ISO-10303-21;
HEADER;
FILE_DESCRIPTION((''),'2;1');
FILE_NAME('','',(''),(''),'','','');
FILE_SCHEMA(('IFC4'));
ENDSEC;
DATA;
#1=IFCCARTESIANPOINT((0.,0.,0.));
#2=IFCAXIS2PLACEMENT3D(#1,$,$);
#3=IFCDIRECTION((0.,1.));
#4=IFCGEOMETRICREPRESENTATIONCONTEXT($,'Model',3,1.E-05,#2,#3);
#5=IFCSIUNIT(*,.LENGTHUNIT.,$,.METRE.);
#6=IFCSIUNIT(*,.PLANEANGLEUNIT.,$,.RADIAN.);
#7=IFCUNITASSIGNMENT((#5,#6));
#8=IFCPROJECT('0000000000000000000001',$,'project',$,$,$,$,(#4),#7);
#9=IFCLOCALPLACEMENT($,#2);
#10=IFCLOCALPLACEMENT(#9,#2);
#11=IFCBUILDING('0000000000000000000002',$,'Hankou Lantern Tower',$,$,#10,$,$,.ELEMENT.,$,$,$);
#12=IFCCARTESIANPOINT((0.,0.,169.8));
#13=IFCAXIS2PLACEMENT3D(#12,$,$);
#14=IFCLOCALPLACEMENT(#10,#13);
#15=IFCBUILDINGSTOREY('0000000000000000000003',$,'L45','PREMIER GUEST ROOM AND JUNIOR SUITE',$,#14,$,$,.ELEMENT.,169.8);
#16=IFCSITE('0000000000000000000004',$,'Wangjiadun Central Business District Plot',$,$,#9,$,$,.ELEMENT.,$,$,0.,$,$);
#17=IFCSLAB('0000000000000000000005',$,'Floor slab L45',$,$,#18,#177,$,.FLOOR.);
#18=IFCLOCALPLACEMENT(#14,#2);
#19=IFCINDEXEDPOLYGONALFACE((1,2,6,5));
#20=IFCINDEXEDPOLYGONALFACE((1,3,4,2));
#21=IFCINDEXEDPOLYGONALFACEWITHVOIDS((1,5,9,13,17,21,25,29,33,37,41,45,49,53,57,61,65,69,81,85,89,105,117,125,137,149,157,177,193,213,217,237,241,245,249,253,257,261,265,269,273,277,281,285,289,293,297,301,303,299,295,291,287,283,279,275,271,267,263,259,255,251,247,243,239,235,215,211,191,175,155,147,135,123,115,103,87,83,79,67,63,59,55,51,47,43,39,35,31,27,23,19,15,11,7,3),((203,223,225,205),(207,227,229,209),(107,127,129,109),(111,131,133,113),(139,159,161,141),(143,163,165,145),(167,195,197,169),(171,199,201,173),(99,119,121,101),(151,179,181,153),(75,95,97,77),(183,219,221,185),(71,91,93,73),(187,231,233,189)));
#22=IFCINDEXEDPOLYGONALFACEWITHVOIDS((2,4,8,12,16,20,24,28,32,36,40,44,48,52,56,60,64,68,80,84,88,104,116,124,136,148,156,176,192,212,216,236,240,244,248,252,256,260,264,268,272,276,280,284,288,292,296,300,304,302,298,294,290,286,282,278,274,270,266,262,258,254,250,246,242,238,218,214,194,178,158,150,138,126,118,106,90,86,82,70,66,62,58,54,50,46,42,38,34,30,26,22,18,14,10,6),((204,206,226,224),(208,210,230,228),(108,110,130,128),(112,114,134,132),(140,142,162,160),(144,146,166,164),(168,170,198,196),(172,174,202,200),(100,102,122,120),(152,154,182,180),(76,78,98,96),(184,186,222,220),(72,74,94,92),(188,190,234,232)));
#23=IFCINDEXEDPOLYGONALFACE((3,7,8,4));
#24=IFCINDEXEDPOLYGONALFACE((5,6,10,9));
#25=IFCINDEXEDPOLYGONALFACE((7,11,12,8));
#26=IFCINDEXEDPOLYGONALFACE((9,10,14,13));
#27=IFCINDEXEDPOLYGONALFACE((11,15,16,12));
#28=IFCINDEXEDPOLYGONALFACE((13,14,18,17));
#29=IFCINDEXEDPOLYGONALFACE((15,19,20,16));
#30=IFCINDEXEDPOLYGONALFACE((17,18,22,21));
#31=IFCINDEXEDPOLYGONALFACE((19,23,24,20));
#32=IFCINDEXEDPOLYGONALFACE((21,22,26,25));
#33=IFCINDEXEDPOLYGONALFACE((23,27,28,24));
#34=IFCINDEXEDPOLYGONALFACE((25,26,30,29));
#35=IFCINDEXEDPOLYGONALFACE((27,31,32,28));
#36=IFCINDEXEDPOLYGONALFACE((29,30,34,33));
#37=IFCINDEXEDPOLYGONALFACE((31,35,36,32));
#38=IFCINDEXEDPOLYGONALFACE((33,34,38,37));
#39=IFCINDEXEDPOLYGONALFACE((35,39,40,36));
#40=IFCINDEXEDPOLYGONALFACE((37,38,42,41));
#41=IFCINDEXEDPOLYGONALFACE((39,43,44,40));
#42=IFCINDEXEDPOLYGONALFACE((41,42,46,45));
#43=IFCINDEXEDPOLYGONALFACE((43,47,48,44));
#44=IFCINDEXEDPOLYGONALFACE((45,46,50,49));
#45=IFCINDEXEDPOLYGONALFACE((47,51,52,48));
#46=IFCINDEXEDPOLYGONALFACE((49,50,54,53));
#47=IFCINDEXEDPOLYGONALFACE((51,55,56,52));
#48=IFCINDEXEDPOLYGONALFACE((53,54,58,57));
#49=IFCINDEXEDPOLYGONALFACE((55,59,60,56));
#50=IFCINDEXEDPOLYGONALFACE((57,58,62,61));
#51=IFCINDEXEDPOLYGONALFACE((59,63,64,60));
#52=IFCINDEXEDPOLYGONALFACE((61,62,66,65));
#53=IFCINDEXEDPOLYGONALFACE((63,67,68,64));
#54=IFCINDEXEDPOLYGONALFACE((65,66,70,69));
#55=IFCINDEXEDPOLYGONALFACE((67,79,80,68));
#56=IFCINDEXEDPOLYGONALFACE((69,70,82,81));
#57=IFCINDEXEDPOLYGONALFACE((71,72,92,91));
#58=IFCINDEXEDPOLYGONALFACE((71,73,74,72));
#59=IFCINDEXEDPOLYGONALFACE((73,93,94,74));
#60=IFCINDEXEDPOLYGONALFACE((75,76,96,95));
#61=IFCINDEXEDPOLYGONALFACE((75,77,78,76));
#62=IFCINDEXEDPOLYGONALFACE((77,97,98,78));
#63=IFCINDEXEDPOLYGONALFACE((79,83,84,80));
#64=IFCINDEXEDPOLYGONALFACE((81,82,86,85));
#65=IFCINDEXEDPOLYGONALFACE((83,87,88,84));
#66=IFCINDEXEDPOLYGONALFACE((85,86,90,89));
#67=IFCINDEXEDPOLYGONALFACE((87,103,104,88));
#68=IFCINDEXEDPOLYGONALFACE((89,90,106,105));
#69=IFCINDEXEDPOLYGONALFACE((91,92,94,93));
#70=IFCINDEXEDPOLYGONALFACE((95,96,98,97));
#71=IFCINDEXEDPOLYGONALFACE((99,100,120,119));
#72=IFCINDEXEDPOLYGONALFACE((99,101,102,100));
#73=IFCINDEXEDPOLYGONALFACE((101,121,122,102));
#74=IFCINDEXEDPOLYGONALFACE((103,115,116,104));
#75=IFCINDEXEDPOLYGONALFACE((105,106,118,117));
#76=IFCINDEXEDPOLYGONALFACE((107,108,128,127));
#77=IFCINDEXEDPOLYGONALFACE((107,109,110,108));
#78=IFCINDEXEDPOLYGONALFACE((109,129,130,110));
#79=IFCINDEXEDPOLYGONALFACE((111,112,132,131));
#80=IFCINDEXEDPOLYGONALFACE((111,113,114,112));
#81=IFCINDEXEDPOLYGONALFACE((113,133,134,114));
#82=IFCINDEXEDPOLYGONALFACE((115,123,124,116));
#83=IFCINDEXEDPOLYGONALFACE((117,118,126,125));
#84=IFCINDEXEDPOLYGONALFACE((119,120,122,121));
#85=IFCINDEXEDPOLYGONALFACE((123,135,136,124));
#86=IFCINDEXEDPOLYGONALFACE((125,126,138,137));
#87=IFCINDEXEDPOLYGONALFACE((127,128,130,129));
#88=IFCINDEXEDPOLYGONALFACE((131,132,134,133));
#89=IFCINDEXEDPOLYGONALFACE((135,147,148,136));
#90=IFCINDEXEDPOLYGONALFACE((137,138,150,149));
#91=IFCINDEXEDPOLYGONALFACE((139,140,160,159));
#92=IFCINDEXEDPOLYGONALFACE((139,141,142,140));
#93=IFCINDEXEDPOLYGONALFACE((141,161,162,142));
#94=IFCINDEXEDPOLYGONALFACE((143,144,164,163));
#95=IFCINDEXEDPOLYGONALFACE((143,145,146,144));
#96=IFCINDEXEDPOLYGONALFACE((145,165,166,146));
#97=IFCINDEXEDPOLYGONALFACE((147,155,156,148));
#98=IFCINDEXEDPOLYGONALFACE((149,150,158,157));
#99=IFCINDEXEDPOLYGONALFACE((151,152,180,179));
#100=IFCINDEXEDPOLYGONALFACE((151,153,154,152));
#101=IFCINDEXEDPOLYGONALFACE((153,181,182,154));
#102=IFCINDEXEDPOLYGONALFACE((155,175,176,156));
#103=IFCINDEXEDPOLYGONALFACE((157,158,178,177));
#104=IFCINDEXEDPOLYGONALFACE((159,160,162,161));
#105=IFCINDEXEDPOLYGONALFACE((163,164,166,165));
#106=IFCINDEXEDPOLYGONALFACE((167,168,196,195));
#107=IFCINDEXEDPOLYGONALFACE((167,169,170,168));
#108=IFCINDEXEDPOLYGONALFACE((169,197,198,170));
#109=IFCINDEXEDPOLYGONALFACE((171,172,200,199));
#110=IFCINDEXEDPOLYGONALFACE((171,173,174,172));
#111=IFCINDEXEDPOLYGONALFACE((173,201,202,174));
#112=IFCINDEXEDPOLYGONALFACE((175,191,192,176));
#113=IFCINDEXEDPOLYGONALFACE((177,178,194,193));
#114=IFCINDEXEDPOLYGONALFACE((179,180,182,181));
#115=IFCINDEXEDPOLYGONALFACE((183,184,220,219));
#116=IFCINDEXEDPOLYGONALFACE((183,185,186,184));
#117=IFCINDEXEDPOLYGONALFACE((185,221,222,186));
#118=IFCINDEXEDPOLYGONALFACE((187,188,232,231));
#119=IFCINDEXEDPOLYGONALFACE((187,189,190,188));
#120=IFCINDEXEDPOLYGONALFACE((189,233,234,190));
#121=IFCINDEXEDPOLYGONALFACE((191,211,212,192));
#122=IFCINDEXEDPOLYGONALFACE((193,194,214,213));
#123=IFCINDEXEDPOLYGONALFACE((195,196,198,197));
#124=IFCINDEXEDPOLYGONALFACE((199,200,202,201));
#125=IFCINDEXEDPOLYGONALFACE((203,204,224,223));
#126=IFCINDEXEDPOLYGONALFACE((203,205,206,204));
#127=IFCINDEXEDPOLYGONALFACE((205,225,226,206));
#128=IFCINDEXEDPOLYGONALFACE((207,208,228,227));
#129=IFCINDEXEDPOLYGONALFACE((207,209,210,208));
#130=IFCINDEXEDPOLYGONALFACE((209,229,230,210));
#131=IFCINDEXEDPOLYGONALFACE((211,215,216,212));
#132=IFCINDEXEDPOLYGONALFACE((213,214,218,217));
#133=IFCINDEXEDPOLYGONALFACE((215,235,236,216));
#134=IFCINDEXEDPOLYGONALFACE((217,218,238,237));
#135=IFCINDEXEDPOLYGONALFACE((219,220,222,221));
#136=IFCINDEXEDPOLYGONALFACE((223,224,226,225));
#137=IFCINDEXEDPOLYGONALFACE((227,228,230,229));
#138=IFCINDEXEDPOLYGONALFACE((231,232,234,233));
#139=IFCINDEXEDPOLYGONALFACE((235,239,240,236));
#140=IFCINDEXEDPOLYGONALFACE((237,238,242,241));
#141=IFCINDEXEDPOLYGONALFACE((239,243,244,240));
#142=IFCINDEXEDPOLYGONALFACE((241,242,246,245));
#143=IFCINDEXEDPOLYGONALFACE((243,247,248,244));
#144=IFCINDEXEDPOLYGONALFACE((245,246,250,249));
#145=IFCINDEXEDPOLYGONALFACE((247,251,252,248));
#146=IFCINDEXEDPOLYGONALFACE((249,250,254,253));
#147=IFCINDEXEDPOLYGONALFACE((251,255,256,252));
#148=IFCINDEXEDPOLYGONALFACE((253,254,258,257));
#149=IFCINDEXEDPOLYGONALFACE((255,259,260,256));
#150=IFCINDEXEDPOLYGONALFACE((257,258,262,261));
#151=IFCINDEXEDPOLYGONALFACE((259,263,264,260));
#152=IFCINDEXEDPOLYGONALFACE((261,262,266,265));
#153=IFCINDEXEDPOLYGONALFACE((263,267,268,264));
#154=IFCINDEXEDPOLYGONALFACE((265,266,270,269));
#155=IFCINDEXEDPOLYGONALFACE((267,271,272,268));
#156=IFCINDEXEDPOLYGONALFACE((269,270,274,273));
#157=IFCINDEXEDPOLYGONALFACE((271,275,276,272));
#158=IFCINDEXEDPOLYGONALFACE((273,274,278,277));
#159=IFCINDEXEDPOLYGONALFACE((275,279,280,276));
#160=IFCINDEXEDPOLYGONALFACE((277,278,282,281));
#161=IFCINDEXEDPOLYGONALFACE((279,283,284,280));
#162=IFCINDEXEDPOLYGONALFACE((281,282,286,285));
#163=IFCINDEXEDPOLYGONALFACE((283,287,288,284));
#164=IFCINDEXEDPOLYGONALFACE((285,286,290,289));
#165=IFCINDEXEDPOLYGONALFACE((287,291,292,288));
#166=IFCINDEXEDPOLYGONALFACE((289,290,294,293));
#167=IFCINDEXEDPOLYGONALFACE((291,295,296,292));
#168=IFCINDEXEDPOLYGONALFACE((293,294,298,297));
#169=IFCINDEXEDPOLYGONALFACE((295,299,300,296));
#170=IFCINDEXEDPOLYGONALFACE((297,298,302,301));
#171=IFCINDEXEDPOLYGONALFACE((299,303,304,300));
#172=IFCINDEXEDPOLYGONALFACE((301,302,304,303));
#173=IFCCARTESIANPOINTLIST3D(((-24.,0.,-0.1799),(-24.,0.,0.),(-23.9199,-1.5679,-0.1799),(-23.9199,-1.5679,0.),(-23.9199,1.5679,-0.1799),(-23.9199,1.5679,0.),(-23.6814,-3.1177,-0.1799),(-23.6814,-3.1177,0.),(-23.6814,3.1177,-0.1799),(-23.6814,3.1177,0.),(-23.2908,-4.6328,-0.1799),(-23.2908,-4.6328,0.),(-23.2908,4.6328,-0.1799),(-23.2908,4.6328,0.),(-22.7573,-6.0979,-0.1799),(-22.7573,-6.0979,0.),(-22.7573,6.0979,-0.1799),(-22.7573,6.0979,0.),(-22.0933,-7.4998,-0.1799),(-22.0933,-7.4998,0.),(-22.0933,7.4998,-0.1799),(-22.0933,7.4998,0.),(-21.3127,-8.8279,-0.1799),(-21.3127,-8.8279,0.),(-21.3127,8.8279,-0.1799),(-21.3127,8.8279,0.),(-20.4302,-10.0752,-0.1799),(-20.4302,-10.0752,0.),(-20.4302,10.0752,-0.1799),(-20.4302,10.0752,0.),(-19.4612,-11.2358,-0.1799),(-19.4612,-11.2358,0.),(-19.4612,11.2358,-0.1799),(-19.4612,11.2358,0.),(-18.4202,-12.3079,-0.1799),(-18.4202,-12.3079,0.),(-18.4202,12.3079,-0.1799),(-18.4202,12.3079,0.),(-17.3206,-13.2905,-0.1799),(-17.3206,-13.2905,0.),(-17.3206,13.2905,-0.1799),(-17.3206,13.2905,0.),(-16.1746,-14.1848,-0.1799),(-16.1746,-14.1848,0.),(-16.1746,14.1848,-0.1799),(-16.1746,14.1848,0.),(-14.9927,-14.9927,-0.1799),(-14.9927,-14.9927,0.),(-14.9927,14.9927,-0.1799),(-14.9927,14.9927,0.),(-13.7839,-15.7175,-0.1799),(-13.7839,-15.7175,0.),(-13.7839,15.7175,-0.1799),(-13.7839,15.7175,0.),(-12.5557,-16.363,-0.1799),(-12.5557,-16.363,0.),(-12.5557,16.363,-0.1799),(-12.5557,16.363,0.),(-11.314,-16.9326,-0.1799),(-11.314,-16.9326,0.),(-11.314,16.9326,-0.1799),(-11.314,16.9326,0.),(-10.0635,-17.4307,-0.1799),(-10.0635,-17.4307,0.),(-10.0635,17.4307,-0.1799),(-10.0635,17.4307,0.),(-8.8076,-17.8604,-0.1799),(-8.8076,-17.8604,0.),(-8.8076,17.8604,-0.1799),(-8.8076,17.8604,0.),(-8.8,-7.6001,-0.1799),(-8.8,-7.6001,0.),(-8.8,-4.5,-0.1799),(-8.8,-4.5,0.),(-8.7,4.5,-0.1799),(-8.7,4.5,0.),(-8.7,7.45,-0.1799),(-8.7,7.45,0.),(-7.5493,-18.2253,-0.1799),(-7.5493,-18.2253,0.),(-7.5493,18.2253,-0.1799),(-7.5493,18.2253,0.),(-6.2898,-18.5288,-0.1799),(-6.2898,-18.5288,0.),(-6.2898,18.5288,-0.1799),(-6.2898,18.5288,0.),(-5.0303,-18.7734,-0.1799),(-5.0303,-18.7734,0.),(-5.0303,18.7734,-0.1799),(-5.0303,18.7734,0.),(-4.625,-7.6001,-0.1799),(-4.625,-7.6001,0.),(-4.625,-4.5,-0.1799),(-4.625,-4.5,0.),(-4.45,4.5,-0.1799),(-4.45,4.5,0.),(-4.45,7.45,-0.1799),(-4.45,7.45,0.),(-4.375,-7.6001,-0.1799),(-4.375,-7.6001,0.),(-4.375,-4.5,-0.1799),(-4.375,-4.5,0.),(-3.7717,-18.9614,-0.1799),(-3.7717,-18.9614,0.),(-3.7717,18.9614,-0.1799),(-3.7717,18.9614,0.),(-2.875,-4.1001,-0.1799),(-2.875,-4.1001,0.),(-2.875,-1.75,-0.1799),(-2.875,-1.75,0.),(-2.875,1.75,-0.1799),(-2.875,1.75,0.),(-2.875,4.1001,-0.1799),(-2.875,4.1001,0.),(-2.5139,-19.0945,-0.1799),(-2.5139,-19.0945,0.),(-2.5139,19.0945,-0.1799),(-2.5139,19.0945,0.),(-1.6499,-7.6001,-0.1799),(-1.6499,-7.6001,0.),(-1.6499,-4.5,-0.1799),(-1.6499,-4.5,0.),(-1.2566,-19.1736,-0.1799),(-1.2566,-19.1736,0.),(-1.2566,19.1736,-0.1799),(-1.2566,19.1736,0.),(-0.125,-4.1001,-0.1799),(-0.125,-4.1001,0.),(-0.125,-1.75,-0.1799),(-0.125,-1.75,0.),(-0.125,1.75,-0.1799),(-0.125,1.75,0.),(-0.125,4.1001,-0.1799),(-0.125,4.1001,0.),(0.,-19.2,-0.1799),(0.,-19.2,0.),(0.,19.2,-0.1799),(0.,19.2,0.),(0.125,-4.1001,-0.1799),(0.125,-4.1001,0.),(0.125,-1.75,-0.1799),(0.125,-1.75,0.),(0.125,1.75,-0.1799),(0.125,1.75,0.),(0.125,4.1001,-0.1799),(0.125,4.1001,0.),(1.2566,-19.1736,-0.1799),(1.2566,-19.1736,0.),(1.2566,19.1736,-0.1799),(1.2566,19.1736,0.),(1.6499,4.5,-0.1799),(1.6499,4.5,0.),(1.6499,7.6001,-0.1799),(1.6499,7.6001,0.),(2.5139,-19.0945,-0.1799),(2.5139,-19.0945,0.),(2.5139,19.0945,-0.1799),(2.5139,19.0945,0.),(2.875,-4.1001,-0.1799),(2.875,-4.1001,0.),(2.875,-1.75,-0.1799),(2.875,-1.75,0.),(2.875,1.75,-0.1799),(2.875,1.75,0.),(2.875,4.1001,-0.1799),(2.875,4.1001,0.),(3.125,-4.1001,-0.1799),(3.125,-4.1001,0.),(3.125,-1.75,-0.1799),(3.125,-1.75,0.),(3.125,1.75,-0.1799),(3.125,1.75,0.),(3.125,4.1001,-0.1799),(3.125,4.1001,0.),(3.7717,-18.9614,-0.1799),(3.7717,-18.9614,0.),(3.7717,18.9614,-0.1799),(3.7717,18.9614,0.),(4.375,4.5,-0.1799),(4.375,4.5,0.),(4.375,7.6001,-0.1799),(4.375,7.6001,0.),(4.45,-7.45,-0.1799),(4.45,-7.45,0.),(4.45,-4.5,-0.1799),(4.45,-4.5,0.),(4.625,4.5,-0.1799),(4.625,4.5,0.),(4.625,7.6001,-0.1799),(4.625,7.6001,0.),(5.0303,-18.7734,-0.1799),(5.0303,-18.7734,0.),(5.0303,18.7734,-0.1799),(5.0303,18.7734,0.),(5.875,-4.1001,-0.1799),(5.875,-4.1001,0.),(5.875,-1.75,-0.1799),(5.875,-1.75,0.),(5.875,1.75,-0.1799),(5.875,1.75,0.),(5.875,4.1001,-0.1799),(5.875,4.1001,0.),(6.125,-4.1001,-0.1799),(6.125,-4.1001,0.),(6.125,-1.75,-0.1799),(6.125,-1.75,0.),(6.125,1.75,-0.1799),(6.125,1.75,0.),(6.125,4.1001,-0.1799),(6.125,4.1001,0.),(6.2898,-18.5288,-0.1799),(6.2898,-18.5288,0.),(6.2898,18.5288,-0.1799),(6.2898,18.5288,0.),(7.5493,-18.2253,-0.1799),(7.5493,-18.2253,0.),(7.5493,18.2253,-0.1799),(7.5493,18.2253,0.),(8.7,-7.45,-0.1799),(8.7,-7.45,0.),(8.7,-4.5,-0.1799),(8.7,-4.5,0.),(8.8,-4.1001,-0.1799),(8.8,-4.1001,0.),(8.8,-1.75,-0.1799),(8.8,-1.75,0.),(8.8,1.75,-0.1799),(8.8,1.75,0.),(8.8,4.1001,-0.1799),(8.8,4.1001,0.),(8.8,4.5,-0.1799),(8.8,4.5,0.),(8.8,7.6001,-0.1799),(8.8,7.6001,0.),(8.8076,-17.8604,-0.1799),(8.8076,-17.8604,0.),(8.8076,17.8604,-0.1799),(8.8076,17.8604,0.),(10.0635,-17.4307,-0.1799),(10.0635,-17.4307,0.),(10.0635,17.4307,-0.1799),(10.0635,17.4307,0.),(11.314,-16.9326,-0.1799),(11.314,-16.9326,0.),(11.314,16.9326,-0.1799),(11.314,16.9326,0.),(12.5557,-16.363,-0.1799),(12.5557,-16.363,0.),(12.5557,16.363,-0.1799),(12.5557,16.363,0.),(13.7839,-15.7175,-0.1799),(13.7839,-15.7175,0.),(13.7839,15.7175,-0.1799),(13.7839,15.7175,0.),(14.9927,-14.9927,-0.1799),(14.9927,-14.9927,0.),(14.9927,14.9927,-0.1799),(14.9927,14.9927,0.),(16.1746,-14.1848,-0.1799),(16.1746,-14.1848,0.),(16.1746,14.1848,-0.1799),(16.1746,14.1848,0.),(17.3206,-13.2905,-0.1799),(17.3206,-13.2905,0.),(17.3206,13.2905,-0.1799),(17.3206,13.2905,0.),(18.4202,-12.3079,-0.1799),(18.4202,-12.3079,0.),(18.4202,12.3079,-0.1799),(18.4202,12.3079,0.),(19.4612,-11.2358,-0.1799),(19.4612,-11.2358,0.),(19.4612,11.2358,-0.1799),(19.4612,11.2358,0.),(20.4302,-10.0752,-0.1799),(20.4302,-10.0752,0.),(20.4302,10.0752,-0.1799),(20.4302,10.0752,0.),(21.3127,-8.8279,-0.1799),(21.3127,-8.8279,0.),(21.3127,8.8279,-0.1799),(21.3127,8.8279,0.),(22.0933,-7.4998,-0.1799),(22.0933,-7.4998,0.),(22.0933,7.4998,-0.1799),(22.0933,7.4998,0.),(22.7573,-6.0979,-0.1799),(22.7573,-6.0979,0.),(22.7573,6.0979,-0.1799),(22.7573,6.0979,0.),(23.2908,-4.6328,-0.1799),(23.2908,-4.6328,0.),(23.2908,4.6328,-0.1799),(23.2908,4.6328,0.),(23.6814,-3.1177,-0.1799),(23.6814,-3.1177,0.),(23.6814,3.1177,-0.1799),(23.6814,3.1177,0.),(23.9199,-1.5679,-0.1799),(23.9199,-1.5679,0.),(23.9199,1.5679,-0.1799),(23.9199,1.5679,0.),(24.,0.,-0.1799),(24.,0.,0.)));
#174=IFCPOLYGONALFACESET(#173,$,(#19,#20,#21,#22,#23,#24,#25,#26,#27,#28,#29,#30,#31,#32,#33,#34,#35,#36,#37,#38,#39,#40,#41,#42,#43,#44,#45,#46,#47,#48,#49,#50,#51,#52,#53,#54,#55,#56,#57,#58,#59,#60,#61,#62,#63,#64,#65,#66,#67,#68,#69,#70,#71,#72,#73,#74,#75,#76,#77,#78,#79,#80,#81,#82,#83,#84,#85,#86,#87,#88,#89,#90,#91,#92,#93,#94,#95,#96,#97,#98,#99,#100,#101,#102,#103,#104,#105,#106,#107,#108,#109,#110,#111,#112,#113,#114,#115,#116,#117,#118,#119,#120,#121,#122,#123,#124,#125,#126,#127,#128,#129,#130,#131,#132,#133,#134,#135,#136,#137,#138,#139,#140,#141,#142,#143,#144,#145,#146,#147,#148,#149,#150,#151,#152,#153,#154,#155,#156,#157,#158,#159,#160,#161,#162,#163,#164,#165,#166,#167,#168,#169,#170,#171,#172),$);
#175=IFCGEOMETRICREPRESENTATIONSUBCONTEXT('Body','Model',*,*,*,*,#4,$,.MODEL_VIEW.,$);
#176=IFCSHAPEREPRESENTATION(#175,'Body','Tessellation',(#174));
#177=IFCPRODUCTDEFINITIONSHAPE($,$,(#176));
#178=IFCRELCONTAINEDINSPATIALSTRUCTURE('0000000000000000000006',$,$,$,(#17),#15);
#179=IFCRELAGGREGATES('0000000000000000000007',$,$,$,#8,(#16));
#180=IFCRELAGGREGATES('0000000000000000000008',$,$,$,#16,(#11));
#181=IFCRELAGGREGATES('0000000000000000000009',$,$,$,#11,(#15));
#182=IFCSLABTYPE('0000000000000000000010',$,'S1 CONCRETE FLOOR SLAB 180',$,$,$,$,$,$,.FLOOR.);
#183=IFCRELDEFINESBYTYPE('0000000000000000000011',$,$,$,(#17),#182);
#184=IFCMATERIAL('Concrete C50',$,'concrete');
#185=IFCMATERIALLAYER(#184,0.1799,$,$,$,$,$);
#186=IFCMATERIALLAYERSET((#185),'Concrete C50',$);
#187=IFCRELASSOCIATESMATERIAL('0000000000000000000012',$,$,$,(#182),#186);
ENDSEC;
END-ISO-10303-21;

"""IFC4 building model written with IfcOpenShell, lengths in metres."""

from ifc_helpers import new_model, si_unit, direction, frame, origin, place, context, subcontext, project, spatial, polyline, outline, extrude, material, layer, layer_set, type_object, element, save


model = new_model("IFC4")

# Units and contexts
model_context = context("Model", 3, precision=1e-05, world=origin(), true_north=direction((0.0, 1.0)))
body_context = subcontext(model_context, "Body", "Model", "MODEL_VIEW")
ifc_project = project(units=[si_unit("LENGTHUNIT", "METRE"), si_unit("PLANEANGLEUNIT", "RADIAN")], contexts=[model_context])

# Site, building, storey
site_placement = place(None, origin())
site = spatial("IfcSite", under=ifc_project, at=site_placement, Name="Wangjiadun Central Business District Plot", CompositionType="ELEMENT", RefElevation=0.0)
building_placement = place(site_placement, origin())
building = spatial("IfcBuilding", under=site, at=building_placement, Name="Hankou Lantern Tower", CompositionType="ELEMENT")
storey_placement = place(building_placement, frame((0.0, 0.0, 169.8)))
storey = spatial("IfcBuildingStorey", under=building, at=storey_placement, Name="L45", Description="PREMIER GUEST ROOM AND JUNIOR SUITE", CompositionType="ELEMENT", Elevation=169.8)

# Slab
ifc_material_1 = material(Name="Concrete C50", Category="concrete")
ifc_layer_1 = layer(ifc_material_1, 0.1799)
ifc_layer_set_1 = layer_set([ifc_layer_1], Name="Concrete C50")
slab_type_1 = type_object("IfcSlabType", Name="S1 CONCRETE FLOOR SLAB 180", PredefinedType="FLOOR", material=ifc_layer_set_1)
slab_1_placement = place(storey_placement, frame((0.0, 0.0, -0.1799)))
element("IfcSlab", 1, at=slab_1_placement, inside=storey, type_object=slab_type_1, Name="Floor slab L45", PredefinedType="FLOOR", context=body_context, shape_type="SweptSolid", body=[
    extrude(outline(polyline([(24.0, 0.0), (23.9199, 1.5679), (23.6814, 3.1177), (23.2908, 4.6328), (22.7573, 6.0979), (22.0933, 7.4998), (21.3127, 8.8279), (20.4302, 10.0752), (19.4612, 11.2358), (18.4202, 12.3079), (17.3206, 13.2905), (16.1746, 14.1848), (14.9927, 14.9927), (13.7839, 15.7175), (12.5557, 16.363), (11.314, 16.9326), (10.0635, 17.4307), (8.8076, 17.8604), (7.5493, 18.2253), (6.2898, 18.5288), (5.0303, 18.7734), (3.7717, 18.9614), (2.5139, 19.0945), (1.2566, 19.1736), (0.0, 19.2), (-1.2566, 19.1736), (-2.5139, 19.0945), (-3.7717, 18.9614), (-5.0303, 18.7734), (-6.2898, 18.5288), (-7.5493, 18.2253), (-8.8076, 17.8604), (-10.0635, 17.4307), (-11.314, 16.9326), (-12.5557, 16.363), (-13.7839, 15.7175), (-14.9927, 14.9927), (-16.1746, 14.1848), (-17.3206, 13.2905), (-18.4202, 12.3079), (-19.4612, 11.2358), (-20.4302, 10.0752), (-21.3127, 8.8279), (-22.0933, 7.4998), (-22.7573, 6.0979), (-23.2908, 4.6328), (-23.6814, 3.1177), (-23.9199, 1.5679), (-24.0, 0.0), (-23.9199, -1.5679), (-23.6814, -3.1177), (-23.2908, -4.6328), (-22.7573, -6.0979), (-22.0933, -7.4998), (-21.3127, -8.8279), (-20.4302, -10.0752), (-19.4612, -11.2358), (-18.4202, -12.3079), (-17.3206, -13.2905), (-16.1746, -14.1848), (-14.9927, -14.9927), (-13.7839, -15.7175), (-12.5557, -16.363), (-11.314, -16.9326), (-10.0635, -17.4307), (-8.8076, -17.8604), (-7.5493, -18.2253), (-6.2898, -18.5288), (-5.0303, -18.7734), (-3.7717, -18.9614), (-2.5139, -19.0945), (-1.2566, -19.1736), (0.0, -19.2), (1.2566, -19.1736), (2.5139, -19.0945), (3.7717, -18.9614), (5.0303, -18.7734), (6.2898, -18.5288), (7.5493, -18.2253), (8.8076, -17.8604), (10.0635, -17.4307), (11.314, -16.9326), (12.5557, -16.363), (13.7839, -15.7175), (14.9927, -14.9927), (16.1746, -14.1848), (17.3206, -13.2905), (18.4202, -12.3079), (19.4612, -11.2358), (20.4302, -10.0752), (21.3127, -8.8279), (22.0933, -7.4998), (22.7573, -6.0979), (23.2908, -4.6328), (23.6814, -3.1177), (23.9199, -1.5679), (24.0, 0.0)]), holes=[polyline([(-2.875, 4.1001), (-0.125, 4.1001), (-0.125, 1.75), (-2.875, 1.75), (-2.875, 4.1001)]), polyline([(0.125, 4.1001), (2.875, 4.1001), (2.875, 1.75), (0.125, 1.75), (0.125, 4.1001)]), polyline([(3.125, 4.1001), (5.875, 4.1001), (5.875, 1.75), (3.125, 1.75), (3.125, 4.1001)]), polyline([(6.125, 4.1001), (8.8, 4.1001), (8.8, 1.75), (6.125, 1.75), (6.125, 4.1001)]), polyline([(-2.875, -1.75), (-0.125, -1.75), (-0.125, -4.1001), (-2.875, -4.1001), (-2.875, -1.75)]), polyline([(0.125, -1.75), (2.875, -1.75), (2.875, -4.1001), (0.125, -4.1001), (0.125, -1.75)]), polyline([(3.125, -1.75), (5.875, -1.75), (5.875, -4.1001), (3.125, -4.1001), (3.125, -1.75)]), polyline([(6.125, -1.75), (8.8, -1.75), (8.8, -4.1001), (6.125, -4.1001), (6.125, -1.75)]), polyline([(1.6499, 7.6001), (4.375, 7.6001), (4.375, 4.5), (1.6499, 4.5), (1.6499, 7.6001)]), polyline([(-4.375, -4.5), (-1.6499, -4.5), (-1.6499, -7.6001), (-4.375, -7.6001), (-4.375, -4.5)]), polyline([(-8.7, 7.45), (-4.45, 7.45), (-4.45, 4.5), (-8.7, 4.5), (-8.7, 7.45)]), polyline([(4.45, -4.5), (8.7, -4.5), (8.7, -7.45), (4.45, -7.45), (4.45, -4.5)]), polyline([(4.625, 7.6001), (8.8, 7.6001), (8.8, 4.5), (4.625, 4.5), (4.625, 7.6001)]), polyline([(-8.8, -4.5), (-4.625, -4.5), (-4.625, -7.6001), (-8.8, -7.6001), (-8.8, -4.5)])]), origin(), (0.0, 0.0, 1.0), 0.1799),
])

save(model, "model.ifc")
